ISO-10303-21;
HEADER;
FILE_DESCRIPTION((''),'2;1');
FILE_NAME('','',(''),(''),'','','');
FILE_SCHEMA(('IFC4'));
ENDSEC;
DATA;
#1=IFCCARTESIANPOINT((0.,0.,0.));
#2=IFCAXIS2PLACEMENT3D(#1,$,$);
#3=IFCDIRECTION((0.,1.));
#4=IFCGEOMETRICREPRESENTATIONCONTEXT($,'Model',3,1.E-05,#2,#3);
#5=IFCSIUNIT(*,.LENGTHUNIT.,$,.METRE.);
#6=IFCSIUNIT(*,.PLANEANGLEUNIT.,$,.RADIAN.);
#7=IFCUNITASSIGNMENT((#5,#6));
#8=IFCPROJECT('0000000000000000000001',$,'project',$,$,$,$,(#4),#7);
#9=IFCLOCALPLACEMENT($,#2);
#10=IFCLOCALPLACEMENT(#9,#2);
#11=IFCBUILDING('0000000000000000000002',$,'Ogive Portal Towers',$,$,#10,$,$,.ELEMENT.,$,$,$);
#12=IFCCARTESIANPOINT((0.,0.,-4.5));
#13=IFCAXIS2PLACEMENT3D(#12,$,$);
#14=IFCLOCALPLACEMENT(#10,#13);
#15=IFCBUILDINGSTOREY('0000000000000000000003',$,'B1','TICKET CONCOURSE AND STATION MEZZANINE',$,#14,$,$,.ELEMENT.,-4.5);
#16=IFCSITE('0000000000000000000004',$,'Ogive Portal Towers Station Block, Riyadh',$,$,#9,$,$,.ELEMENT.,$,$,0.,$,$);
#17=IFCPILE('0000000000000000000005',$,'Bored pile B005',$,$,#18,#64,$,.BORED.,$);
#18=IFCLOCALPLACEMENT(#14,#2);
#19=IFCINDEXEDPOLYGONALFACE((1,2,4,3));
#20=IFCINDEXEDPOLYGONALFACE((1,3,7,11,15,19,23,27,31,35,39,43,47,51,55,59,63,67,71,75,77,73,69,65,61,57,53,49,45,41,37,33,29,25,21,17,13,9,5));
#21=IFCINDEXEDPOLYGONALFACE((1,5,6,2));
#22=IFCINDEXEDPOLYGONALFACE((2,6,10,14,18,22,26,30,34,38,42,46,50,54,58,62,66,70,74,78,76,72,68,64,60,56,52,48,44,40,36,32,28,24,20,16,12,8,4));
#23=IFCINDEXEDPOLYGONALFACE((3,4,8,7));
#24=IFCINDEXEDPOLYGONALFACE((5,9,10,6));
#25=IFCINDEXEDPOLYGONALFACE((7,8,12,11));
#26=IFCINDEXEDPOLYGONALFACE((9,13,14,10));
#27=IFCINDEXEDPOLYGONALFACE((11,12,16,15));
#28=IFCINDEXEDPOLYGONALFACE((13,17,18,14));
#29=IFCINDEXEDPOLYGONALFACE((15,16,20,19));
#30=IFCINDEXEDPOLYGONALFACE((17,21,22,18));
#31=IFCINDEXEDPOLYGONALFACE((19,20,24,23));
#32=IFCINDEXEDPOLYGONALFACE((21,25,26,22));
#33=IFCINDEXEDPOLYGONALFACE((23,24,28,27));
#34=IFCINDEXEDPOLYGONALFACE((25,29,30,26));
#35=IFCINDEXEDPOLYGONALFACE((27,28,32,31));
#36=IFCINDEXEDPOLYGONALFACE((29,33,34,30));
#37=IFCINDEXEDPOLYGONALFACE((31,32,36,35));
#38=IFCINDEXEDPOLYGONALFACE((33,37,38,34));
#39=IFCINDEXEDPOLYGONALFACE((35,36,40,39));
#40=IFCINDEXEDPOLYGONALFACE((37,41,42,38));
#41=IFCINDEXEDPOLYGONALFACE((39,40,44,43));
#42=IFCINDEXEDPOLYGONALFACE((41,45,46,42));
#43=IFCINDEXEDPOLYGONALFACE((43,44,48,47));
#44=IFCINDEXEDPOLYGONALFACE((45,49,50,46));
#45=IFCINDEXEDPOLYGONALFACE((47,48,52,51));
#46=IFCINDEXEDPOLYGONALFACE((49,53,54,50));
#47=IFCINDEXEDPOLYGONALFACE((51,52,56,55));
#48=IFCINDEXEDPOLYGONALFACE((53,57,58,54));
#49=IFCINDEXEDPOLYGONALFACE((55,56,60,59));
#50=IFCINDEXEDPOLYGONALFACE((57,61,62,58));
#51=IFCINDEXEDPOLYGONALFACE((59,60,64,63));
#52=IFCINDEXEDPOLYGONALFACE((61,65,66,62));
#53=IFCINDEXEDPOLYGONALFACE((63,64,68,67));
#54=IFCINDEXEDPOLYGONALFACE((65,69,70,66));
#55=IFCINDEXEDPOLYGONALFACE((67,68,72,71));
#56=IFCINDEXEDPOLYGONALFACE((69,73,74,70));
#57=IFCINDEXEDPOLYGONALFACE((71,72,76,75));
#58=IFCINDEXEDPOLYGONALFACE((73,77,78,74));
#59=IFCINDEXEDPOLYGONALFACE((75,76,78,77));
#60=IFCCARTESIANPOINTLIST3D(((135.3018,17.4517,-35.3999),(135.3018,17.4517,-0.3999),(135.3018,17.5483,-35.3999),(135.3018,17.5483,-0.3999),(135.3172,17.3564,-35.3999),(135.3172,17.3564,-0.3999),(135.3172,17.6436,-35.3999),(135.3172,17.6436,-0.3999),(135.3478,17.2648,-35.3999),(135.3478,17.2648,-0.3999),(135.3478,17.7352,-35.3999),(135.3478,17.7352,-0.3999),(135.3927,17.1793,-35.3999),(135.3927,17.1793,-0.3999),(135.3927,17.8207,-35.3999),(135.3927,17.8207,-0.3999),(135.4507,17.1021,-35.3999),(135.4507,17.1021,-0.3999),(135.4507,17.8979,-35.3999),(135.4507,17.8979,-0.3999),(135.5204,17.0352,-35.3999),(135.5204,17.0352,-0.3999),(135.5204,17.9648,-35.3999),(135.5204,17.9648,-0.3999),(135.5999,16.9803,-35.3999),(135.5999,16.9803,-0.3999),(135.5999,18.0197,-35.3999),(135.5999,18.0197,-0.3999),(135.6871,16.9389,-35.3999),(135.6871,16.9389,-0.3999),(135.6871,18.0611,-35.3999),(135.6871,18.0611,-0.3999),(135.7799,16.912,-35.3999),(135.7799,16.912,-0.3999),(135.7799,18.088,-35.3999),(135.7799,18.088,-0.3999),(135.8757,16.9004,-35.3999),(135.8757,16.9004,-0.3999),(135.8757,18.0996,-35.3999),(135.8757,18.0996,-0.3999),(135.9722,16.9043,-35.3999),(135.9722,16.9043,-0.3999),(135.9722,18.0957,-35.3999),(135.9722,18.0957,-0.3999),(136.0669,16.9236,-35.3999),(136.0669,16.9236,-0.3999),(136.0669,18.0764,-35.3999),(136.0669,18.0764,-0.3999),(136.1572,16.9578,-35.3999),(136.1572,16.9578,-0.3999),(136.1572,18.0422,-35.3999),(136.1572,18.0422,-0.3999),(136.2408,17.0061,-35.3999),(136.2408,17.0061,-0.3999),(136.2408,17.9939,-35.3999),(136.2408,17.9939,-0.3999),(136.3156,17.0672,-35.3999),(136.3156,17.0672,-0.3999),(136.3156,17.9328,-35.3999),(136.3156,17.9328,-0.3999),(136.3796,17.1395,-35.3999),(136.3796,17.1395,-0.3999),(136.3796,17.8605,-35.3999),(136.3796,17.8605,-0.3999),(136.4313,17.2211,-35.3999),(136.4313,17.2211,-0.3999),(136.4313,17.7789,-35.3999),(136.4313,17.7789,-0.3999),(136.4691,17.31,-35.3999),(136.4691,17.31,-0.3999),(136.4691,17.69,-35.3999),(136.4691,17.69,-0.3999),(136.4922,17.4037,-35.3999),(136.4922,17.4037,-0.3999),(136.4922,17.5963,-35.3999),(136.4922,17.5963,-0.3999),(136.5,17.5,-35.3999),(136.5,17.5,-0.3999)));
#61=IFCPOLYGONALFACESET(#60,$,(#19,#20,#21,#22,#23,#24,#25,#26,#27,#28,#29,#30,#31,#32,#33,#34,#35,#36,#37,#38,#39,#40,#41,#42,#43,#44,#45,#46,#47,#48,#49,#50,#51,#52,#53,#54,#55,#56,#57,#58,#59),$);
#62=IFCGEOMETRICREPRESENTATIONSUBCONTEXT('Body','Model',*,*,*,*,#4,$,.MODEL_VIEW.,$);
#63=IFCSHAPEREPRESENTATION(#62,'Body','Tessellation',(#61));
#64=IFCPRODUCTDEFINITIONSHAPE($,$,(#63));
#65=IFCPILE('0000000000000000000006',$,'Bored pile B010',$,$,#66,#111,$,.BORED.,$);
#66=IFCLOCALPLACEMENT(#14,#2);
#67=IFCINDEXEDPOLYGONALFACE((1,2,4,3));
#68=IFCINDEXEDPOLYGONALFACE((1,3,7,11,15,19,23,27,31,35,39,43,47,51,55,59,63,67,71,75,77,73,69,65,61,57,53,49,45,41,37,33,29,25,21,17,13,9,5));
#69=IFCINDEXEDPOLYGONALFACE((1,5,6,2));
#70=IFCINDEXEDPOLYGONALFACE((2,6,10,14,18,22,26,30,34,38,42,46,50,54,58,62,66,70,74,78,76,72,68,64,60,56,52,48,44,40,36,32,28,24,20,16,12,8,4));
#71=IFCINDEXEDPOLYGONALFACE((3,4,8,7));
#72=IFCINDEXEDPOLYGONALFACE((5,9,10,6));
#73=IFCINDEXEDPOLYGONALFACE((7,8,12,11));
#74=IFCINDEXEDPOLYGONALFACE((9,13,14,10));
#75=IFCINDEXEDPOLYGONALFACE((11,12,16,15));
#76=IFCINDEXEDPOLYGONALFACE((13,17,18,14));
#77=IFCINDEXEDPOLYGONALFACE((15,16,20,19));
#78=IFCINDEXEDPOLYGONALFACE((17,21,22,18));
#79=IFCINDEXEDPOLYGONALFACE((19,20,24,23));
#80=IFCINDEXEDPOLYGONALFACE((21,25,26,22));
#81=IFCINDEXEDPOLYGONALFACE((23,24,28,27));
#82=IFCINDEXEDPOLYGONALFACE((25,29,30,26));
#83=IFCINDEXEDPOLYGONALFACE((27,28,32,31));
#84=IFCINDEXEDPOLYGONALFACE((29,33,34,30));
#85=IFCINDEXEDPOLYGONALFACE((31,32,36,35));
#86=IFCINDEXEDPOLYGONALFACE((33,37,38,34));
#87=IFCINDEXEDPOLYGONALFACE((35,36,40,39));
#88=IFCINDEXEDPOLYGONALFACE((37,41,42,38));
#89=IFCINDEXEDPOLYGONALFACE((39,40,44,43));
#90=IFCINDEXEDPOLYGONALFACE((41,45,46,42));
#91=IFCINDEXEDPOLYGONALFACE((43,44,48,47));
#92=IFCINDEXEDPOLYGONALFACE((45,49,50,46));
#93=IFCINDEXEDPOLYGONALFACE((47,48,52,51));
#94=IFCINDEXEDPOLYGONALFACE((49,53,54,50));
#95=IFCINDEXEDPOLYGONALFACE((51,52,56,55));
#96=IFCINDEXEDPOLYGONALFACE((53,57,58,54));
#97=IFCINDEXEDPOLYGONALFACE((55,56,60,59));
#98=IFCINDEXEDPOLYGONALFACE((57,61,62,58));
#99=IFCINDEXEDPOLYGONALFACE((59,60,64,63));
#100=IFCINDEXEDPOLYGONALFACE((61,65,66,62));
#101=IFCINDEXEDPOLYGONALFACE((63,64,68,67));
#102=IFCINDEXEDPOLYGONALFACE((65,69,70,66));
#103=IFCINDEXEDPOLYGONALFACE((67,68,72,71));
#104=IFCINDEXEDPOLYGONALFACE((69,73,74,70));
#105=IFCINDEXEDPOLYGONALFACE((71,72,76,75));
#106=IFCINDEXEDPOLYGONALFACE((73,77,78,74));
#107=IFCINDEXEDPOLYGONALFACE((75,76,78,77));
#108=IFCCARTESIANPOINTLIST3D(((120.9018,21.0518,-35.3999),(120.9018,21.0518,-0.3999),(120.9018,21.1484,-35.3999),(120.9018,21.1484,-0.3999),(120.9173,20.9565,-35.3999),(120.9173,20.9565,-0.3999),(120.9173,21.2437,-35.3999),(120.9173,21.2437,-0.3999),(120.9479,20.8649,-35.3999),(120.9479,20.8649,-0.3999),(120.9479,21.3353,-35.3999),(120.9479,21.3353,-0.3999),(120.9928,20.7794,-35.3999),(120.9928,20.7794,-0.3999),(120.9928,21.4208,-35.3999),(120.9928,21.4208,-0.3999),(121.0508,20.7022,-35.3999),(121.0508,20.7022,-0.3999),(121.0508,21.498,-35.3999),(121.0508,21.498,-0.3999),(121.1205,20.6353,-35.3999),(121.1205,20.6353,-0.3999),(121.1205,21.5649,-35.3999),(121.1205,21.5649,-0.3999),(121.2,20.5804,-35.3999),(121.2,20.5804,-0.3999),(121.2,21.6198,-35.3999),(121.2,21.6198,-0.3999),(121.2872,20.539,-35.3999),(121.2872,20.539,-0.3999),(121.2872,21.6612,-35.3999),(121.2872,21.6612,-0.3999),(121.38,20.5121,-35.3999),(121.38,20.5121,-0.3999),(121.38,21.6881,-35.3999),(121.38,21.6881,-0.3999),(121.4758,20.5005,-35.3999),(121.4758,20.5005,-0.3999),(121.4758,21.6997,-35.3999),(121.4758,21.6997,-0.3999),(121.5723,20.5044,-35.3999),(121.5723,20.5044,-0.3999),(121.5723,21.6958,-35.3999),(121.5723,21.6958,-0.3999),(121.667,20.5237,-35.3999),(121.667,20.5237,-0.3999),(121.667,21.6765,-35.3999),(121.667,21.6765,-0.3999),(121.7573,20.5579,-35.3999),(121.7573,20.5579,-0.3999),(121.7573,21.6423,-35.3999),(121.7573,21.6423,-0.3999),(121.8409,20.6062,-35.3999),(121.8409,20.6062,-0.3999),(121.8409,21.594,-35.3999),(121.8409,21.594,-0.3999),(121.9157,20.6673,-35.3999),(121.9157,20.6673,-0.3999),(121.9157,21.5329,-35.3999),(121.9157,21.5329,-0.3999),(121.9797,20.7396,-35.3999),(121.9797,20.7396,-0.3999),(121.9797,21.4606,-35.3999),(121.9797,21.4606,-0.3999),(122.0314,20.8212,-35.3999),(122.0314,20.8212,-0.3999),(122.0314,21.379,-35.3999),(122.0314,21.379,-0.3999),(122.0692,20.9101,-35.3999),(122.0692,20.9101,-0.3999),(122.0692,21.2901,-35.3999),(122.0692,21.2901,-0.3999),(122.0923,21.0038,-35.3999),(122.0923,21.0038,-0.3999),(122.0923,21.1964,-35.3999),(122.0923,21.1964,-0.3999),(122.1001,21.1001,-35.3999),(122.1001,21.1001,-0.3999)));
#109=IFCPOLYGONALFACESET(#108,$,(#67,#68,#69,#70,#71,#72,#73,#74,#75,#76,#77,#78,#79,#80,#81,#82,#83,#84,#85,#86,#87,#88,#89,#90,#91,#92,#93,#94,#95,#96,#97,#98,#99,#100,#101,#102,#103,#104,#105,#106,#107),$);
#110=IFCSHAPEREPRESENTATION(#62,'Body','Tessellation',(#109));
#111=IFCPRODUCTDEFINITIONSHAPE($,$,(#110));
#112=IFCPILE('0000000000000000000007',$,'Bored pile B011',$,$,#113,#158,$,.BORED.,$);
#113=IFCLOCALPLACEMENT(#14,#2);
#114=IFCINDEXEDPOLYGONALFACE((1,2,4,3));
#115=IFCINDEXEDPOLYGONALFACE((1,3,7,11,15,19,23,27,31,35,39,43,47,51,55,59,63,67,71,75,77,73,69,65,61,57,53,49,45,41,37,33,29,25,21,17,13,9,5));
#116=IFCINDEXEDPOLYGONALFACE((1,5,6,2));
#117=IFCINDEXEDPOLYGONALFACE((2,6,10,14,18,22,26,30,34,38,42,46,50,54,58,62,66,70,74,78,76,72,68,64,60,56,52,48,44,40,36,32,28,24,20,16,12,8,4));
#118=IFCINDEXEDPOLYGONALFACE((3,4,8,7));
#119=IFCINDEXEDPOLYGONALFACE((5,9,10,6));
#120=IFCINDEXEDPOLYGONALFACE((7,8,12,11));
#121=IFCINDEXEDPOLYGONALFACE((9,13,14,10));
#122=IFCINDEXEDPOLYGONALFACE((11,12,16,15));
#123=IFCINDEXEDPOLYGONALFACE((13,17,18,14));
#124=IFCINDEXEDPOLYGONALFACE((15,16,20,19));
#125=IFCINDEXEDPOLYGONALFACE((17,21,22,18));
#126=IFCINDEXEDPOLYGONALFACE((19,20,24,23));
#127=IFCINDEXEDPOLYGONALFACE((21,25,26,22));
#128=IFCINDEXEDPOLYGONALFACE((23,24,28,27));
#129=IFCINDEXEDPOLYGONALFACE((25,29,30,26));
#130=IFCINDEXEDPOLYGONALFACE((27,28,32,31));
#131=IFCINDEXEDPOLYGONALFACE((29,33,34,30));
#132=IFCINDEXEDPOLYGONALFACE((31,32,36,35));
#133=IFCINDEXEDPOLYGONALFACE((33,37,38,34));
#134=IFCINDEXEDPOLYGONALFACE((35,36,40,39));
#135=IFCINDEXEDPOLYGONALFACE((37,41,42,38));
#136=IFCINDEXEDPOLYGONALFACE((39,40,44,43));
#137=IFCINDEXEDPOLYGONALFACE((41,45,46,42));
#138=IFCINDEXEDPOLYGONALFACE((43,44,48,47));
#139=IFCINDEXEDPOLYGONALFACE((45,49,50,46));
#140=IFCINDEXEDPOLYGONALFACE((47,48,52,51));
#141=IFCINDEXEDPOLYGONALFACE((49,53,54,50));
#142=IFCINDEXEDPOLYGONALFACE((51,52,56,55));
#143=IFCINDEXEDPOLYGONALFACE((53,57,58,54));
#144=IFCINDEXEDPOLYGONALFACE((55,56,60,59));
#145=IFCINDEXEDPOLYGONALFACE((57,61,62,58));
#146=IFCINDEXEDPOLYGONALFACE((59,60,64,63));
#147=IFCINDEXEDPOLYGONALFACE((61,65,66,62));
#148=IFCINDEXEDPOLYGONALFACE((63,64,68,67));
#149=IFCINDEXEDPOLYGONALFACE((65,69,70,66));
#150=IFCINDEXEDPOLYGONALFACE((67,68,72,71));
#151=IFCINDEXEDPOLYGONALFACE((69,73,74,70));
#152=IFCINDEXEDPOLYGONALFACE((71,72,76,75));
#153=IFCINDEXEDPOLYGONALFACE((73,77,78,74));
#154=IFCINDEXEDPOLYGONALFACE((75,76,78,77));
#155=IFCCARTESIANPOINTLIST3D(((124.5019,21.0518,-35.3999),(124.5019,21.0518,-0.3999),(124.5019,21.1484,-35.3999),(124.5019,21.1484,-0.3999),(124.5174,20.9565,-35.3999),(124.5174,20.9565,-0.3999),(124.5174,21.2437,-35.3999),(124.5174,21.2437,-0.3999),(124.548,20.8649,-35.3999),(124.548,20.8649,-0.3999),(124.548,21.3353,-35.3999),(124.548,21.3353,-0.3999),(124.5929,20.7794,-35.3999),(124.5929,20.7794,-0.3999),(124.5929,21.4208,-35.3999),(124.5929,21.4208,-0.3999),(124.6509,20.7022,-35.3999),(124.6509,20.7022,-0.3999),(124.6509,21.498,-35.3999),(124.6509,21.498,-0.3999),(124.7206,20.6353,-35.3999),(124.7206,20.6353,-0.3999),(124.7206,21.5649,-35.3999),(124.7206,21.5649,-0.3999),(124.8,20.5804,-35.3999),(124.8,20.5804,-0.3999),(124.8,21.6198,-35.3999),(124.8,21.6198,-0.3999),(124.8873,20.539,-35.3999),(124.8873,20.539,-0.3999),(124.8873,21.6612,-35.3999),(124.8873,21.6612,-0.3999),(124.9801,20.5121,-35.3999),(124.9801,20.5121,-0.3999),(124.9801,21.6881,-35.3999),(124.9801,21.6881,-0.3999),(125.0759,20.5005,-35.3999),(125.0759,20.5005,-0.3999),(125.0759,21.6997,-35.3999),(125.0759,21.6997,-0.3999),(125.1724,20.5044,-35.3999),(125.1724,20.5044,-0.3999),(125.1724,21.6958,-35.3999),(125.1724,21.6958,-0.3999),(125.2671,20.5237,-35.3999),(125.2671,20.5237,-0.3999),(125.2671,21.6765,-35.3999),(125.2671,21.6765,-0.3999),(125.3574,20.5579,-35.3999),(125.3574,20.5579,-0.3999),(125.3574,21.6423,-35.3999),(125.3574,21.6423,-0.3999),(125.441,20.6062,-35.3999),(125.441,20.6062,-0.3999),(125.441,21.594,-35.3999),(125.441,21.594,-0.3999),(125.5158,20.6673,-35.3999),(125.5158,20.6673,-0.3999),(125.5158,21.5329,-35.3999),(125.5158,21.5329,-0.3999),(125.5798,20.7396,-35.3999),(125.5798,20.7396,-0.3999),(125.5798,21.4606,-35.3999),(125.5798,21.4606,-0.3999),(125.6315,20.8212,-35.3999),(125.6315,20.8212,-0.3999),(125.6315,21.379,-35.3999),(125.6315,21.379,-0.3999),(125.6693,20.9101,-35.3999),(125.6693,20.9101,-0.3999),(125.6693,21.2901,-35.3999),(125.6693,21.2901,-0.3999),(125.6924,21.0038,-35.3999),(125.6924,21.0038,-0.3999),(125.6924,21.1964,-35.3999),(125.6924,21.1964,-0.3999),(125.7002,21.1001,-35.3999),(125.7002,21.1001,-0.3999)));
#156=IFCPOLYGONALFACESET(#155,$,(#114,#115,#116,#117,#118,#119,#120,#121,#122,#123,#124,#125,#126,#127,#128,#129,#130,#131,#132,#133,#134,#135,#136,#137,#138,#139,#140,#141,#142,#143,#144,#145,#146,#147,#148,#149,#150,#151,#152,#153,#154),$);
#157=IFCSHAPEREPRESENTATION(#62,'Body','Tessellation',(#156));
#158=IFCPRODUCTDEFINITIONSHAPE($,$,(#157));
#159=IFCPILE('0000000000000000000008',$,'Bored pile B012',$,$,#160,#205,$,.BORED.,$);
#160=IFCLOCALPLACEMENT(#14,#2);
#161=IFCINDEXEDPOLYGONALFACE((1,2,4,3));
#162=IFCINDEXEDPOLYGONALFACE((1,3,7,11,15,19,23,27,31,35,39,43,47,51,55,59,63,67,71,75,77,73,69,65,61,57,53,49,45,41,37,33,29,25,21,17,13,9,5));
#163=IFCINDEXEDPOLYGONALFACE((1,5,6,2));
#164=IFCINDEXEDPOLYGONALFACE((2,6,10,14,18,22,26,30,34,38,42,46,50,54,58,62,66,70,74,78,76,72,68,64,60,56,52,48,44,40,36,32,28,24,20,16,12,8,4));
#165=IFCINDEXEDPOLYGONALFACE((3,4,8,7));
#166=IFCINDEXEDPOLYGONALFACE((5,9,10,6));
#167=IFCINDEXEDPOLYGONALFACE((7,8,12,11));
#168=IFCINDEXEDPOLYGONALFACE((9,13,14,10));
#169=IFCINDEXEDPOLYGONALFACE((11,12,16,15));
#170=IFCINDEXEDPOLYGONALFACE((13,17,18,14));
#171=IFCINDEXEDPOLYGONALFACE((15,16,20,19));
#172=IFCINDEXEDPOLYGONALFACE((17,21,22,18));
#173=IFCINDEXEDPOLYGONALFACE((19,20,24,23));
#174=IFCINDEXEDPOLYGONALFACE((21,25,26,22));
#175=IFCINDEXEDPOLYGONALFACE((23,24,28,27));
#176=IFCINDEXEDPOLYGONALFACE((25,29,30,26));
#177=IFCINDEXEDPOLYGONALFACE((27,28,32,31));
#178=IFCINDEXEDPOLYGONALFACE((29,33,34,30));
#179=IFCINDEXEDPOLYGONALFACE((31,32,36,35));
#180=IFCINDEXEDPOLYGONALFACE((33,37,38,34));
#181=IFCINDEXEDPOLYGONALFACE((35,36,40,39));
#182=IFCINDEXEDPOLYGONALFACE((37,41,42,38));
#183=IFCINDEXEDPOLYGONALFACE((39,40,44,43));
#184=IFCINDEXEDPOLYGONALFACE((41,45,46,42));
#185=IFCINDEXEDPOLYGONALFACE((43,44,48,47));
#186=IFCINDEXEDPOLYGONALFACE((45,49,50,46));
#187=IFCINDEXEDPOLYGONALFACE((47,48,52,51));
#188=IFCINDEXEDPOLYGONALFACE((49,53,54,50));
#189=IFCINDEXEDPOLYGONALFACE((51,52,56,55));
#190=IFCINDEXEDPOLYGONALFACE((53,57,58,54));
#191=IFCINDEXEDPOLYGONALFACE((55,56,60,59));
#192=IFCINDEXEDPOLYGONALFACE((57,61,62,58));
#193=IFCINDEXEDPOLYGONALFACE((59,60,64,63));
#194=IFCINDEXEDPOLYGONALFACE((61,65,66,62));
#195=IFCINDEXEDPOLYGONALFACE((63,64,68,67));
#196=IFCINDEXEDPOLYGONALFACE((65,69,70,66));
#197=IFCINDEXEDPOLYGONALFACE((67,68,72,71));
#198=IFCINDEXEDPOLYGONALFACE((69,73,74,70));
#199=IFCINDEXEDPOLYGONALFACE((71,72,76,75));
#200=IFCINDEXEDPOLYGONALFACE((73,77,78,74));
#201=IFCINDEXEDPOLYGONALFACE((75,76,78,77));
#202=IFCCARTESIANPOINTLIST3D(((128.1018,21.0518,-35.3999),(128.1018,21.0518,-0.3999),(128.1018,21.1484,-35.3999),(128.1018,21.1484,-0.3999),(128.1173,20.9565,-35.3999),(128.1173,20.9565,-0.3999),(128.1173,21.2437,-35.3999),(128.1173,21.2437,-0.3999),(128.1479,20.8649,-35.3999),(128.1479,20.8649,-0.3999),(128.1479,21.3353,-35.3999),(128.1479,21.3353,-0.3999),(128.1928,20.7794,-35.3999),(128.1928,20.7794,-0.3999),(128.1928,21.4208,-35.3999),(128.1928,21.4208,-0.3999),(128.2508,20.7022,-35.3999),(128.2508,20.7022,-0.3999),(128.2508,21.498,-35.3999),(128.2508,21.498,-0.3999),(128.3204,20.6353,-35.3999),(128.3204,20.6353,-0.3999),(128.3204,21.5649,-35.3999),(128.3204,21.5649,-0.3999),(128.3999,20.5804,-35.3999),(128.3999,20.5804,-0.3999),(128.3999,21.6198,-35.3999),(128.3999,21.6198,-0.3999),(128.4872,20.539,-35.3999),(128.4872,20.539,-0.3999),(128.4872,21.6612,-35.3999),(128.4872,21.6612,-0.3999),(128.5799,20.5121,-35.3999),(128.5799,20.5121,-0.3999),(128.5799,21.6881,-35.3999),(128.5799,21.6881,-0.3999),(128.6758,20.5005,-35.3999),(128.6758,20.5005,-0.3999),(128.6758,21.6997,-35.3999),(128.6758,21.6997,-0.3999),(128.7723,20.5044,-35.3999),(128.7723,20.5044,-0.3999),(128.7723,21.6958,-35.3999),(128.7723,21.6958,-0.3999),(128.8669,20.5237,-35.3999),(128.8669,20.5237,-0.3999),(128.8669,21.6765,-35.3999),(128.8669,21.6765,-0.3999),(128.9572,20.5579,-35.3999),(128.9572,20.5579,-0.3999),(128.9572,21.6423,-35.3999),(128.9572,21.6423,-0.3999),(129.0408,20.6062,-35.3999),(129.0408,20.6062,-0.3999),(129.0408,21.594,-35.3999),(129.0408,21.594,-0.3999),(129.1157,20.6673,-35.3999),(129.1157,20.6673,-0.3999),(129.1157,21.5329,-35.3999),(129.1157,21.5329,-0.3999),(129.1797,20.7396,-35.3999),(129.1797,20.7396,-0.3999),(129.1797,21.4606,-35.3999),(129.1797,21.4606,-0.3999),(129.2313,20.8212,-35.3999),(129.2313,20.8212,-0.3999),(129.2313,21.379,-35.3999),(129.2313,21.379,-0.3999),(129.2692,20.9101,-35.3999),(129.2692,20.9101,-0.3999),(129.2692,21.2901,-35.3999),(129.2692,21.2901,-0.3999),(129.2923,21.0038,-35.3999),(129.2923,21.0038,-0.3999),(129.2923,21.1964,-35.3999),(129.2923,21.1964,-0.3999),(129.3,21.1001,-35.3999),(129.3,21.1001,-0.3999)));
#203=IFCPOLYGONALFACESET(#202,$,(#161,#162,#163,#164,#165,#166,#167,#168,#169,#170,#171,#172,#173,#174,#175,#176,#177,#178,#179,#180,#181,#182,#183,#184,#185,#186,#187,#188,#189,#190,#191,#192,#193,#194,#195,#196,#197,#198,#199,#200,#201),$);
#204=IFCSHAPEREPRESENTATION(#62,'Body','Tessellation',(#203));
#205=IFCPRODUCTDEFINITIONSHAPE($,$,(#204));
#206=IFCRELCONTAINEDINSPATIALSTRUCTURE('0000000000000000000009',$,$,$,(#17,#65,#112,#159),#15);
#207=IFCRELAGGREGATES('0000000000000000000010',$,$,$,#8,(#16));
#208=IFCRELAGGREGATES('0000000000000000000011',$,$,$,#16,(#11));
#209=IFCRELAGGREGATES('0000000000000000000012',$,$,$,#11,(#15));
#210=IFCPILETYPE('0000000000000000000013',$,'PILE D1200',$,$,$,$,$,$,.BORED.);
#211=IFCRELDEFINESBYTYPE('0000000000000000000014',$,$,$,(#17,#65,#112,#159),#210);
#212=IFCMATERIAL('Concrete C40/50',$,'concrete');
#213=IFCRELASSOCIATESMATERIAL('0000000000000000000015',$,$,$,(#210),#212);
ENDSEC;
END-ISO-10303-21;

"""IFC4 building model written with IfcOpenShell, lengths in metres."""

from ifc_helpers import new_model, si_unit, direction, frame, origin, origin_2d, place, context, subcontext, project, spatial, circle, extrude, material, material_profile, profile_set, type_object, element, save


model = new_model("IFC4")

# Units and contexts
model_context = context("Model", 3, precision=1e-05, world=origin(), true_north=direction((0.0, 1.0)))
body_context = subcontext(model_context, "Body", "Model", "MODEL_VIEW")
ifc_project = project(units=[si_unit("LENGTHUNIT", "METRE"), si_unit("PLANEANGLEUNIT", "RADIAN")], contexts=[model_context])

# Site, building, storey
site_placement = place(None, origin())
site = spatial("IfcSite", under=ifc_project, at=site_placement, Name="Ogive Portal Towers Station Block, Riyadh", CompositionType="ELEMENT", RefElevation=0.0)
building_placement = place(site_placement, origin())
building = spatial("IfcBuilding", under=site, at=building_placement, Name="Ogive Portal Towers", CompositionType="ELEMENT")
storey_placement = place(building_placement, frame((0.0, 0.0, -4.5)))
storey = spatial("IfcBuildingStorey", under=building, at=storey_placement, Name="B1", Description="TICKET CONCOURSE AND STATION MEZZANINE", CompositionType="ELEMENT", Elevation=-4.5)

# Piles
ifc_material_1 = material(Name="Concrete C40/50", Category="concrete")
ifc_material_profile_1 = material_profile(ifc_material_1, circle(Radius=0.6001, at=origin_2d()), Name="PILE D1200")
ifc_profile_set_1 = profile_set([ifc_material_profile_1], Name="Concrete C40/50")
pile_type = type_object("IfcPileType", Name="PILE D1200", PredefinedType="BORED", material=ifc_profile_set_1)
for number, where, z_axis, x_axis, name in (
    (1, (135.8999, 17.5, -0.3999), (0.0, 0.0, -1.0), (1.0, 0.0, 0.0), "Bored pile B005"),
    (2, (121.5, 21.1001, -0.3999), (0.0, 0.0, -1.0), (1.0, 0.0, 0.0), "Bored pile B010"),
    (3, (125.1001, 21.1001, -0.3999), (0.0, 0.0, -1.0), (1.0, 0.0, 0.0), "Bored pile B011"),
    (4, (128.7, 21.1001, -0.3999), (0.0, 0.0, -1.0), (1.0, 0.0, 0.0), "Bored pile B012"),
):
    element("IfcPile", number, at=place(storey_placement, frame(where, z_axis=z_axis, x_axis=x_axis)), inside=storey, type_object=pile_type, Name=name, PredefinedType="BORED", context=body_context, shape_type="SweptSolid", body=[
        extrude(circle(Radius=0.6001, at=origin_2d()), origin(), (0.0, 0.0, 1.0), 35.0),
    ])

save(model, "model.ifc")
